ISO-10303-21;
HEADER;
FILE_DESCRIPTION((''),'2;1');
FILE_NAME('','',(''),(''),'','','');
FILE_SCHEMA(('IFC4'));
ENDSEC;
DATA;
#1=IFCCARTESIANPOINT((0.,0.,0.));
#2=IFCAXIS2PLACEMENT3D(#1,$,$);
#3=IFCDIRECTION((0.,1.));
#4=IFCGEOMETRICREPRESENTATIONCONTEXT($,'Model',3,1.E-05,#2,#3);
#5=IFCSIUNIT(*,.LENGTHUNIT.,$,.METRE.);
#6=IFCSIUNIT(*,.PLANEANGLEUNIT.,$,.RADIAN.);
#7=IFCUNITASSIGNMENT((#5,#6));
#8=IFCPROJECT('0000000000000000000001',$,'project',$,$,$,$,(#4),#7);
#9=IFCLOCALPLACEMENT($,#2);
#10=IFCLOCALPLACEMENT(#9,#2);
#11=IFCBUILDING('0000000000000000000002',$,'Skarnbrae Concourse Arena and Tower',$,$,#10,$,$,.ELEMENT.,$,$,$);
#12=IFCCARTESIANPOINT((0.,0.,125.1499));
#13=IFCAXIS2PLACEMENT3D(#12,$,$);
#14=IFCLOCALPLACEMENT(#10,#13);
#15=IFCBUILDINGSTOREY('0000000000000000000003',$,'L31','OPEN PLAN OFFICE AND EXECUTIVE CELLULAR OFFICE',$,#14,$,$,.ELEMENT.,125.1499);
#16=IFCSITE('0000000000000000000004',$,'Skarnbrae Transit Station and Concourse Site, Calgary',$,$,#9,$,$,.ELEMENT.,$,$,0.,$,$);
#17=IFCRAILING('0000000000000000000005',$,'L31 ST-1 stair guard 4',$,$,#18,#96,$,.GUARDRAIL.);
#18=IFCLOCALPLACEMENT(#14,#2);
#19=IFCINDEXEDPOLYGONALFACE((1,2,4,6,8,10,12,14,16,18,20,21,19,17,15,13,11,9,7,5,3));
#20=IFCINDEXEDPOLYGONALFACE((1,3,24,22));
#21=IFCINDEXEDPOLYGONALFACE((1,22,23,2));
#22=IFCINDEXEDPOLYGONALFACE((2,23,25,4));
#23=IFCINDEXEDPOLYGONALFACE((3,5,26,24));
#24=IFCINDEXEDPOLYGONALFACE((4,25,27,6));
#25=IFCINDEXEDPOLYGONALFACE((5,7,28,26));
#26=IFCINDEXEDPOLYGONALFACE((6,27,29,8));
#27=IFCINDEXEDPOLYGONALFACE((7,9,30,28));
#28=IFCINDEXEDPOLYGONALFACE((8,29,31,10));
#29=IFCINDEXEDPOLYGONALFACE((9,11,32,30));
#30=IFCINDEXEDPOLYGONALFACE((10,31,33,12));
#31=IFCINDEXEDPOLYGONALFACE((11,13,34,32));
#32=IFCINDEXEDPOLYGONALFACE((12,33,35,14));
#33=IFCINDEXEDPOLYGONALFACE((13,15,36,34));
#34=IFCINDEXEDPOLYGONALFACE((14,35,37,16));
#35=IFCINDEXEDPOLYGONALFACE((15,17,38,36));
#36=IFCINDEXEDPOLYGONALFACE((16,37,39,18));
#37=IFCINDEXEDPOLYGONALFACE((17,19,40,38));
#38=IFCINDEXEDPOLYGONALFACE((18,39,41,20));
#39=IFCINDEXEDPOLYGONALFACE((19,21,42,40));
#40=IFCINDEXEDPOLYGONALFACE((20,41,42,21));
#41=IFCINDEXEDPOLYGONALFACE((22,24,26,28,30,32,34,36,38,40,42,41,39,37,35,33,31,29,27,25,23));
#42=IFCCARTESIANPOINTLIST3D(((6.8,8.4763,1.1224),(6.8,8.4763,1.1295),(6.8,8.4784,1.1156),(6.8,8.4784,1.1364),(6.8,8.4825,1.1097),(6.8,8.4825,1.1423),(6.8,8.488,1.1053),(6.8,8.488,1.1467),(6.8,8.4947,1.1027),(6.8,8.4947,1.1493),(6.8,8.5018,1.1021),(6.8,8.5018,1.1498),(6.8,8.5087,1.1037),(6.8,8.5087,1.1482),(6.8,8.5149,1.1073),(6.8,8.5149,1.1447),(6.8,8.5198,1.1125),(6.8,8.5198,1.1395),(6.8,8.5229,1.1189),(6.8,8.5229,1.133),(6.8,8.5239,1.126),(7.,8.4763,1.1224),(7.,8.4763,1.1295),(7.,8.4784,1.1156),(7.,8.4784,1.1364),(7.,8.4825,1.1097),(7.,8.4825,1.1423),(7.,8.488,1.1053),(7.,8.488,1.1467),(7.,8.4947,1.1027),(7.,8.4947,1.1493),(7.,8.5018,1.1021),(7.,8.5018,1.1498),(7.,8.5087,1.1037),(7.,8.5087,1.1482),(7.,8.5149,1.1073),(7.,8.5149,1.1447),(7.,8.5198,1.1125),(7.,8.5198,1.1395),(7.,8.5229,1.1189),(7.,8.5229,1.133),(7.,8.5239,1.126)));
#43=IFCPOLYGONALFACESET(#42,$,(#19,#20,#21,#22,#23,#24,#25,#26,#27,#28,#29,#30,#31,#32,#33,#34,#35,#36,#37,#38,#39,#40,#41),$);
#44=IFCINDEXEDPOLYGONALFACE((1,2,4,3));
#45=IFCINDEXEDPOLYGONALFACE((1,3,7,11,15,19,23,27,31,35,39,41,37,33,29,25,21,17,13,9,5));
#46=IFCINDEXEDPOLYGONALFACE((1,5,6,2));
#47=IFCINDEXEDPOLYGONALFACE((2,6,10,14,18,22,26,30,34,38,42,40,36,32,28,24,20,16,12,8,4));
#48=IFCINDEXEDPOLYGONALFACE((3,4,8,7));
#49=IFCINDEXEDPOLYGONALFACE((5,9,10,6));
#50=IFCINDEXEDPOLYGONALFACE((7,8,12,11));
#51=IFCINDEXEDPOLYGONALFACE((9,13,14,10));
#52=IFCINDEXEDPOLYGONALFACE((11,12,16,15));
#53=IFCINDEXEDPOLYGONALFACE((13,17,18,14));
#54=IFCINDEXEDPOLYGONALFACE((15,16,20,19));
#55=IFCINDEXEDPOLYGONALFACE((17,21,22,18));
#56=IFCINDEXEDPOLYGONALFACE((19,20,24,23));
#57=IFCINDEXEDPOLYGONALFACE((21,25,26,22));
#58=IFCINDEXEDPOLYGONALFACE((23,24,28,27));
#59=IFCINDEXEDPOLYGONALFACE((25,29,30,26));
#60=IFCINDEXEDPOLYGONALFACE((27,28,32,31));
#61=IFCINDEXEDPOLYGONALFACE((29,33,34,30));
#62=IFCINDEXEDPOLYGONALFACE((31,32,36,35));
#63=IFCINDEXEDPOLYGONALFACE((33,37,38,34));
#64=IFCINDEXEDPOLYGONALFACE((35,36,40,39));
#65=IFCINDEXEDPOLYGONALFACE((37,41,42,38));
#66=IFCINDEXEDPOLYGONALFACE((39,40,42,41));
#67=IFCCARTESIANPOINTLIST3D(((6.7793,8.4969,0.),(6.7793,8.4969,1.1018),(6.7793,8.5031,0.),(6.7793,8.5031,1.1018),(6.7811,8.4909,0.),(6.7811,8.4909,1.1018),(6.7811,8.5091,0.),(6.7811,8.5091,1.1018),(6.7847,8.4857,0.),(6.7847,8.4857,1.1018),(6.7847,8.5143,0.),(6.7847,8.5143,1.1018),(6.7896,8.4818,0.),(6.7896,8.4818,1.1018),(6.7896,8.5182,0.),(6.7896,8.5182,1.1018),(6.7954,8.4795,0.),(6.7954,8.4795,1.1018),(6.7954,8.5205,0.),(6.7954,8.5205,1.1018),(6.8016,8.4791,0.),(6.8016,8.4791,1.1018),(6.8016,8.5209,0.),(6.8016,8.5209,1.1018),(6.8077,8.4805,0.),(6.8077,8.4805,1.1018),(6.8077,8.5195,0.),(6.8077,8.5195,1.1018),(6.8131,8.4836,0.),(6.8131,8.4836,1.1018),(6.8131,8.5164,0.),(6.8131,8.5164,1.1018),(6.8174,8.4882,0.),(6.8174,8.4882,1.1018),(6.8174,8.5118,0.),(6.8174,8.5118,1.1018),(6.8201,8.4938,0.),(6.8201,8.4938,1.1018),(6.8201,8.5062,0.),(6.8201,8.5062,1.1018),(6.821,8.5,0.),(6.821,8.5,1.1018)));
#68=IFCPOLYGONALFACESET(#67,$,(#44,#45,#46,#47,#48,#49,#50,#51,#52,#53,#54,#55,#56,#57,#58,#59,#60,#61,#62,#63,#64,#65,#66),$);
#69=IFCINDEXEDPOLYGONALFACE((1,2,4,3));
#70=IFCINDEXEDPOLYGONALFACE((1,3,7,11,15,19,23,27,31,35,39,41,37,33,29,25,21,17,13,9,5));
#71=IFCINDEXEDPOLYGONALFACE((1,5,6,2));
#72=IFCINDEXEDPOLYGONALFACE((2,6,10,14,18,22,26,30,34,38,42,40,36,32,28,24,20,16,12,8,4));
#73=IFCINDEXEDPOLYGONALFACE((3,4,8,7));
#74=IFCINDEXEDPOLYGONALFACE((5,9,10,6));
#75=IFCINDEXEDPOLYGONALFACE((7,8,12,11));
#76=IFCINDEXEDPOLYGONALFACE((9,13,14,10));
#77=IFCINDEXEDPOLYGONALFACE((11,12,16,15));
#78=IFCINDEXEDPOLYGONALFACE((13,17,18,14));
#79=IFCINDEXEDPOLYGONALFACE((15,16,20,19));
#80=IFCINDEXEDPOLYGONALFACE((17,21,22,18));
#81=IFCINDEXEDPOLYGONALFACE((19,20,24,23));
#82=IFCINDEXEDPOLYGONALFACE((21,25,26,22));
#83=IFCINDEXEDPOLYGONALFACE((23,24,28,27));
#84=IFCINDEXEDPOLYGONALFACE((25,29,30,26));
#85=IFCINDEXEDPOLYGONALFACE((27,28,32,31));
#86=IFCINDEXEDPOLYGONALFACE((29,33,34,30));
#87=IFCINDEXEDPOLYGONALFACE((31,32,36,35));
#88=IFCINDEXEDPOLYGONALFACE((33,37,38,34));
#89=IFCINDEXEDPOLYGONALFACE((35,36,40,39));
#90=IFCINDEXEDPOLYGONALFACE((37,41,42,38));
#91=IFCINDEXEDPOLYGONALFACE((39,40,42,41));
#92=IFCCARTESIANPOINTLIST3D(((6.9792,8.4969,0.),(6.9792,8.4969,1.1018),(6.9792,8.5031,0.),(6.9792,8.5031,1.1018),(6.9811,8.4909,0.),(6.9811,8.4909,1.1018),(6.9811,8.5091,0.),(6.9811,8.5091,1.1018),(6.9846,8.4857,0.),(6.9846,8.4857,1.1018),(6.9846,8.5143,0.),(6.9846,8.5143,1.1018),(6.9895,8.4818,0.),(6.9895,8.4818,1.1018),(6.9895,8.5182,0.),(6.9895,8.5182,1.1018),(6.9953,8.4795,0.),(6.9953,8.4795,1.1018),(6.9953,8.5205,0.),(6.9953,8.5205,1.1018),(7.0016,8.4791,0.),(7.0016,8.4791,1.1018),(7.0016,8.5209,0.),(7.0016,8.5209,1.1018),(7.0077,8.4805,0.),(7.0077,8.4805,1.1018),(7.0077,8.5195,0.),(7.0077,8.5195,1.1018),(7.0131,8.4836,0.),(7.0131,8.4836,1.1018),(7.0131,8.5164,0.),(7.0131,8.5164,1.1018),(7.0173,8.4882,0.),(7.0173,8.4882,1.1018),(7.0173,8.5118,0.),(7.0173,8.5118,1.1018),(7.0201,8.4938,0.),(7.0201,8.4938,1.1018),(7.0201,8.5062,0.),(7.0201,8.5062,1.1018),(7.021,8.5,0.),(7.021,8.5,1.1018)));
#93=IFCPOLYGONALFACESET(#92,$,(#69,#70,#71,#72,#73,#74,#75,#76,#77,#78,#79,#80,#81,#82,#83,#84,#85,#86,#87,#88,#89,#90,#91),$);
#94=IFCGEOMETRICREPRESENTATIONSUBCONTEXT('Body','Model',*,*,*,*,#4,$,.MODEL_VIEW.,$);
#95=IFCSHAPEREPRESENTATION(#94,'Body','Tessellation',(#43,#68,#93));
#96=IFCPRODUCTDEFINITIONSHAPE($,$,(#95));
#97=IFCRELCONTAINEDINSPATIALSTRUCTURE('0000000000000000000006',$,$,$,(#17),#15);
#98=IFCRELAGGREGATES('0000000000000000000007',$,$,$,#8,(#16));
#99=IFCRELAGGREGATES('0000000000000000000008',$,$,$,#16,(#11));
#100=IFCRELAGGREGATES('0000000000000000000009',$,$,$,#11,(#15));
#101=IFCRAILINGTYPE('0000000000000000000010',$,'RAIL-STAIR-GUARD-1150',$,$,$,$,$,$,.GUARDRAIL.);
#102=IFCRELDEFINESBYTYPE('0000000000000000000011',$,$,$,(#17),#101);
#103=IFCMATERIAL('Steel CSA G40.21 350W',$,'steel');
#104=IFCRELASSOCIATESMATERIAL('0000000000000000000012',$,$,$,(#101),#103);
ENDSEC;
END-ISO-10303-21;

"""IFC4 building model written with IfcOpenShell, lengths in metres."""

from ifc_helpers import new_model, si_unit, direction, frame, origin, origin_2d, place, context, subcontext, project, spatial, circle, extrude, material, type_object, element, save


model = new_model("IFC4")

# Units and contexts
model_context = context("Model", 3, precision=1e-05, world=origin(), true_north=direction((0.0, 1.0)))
body_context = subcontext(model_context, "Body", "Model", "MODEL_VIEW")
ifc_project = project(units=[si_unit("LENGTHUNIT", "METRE"), si_unit("PLANEANGLEUNIT", "RADIAN")], contexts=[model_context])

# Site, building, storey
site_placement = place(None, origin())
site = spatial("IfcSite", under=ifc_project, at=site_placement, Name="Skarnbrae Transit Station and Concourse Site, Calgary", CompositionType="ELEMENT", RefElevation=0.0)
building_placement = place(site_placement, origin())
building = spatial("IfcBuilding", under=site, at=building_placement, Name="Skarnbrae Concourse Arena and Tower", CompositionType="ELEMENT")
storey_placement = place(building_placement, frame((0.0, 0.0, 125.1499)))
storey = spatial("IfcBuildingStorey", under=building, at=storey_placement, Name="L31", Description="OPEN PLAN OFFICE AND EXECUTIVE CELLULAR OFFICE", CompositionType="ELEMENT", Elevation=125.1499)

# Shared definitions
ifc_material_1 = material(Name="Steel CSA G40.21 350W", Category="steel")

# Railing
railing_type_1 = type_object("IfcRailingType", Name="RAIL-STAIR-GUARD-1150", PredefinedType="GUARDRAIL", material=ifc_material_1)
railing_1_placement = place(storey_placement, frame((6.8, 8.5, 0.0)))
element("IfcRailing", 1, at=railing_1_placement, inside=storey, type_object=railing_type_1, Name="L31 ST-1 stair guard 4", PredefinedType="GUARDRAIL", context=body_context, shape_type="SweptSolid", body=[
    extrude(circle(Radius=0.0239, at=origin_2d()), frame((0.0, 0.0, 1.126), z_axis=(1.0, 0.0, 0.0), x_axis=(0.0, 1.0, 0.0)), (0.0, 0.0, 1.0), 0.2),
    extrude(circle(Radius=0.021, at=origin_2d()), origin(), (0.0, 0.0, 1.0), 1.1018),
    extrude(circle(Radius=0.021, at=origin_2d()), frame((0.2, 0.0, 0.0)), (0.0, 0.0, 1.0), 1.1018),
])

save(model, "model.ifc")
